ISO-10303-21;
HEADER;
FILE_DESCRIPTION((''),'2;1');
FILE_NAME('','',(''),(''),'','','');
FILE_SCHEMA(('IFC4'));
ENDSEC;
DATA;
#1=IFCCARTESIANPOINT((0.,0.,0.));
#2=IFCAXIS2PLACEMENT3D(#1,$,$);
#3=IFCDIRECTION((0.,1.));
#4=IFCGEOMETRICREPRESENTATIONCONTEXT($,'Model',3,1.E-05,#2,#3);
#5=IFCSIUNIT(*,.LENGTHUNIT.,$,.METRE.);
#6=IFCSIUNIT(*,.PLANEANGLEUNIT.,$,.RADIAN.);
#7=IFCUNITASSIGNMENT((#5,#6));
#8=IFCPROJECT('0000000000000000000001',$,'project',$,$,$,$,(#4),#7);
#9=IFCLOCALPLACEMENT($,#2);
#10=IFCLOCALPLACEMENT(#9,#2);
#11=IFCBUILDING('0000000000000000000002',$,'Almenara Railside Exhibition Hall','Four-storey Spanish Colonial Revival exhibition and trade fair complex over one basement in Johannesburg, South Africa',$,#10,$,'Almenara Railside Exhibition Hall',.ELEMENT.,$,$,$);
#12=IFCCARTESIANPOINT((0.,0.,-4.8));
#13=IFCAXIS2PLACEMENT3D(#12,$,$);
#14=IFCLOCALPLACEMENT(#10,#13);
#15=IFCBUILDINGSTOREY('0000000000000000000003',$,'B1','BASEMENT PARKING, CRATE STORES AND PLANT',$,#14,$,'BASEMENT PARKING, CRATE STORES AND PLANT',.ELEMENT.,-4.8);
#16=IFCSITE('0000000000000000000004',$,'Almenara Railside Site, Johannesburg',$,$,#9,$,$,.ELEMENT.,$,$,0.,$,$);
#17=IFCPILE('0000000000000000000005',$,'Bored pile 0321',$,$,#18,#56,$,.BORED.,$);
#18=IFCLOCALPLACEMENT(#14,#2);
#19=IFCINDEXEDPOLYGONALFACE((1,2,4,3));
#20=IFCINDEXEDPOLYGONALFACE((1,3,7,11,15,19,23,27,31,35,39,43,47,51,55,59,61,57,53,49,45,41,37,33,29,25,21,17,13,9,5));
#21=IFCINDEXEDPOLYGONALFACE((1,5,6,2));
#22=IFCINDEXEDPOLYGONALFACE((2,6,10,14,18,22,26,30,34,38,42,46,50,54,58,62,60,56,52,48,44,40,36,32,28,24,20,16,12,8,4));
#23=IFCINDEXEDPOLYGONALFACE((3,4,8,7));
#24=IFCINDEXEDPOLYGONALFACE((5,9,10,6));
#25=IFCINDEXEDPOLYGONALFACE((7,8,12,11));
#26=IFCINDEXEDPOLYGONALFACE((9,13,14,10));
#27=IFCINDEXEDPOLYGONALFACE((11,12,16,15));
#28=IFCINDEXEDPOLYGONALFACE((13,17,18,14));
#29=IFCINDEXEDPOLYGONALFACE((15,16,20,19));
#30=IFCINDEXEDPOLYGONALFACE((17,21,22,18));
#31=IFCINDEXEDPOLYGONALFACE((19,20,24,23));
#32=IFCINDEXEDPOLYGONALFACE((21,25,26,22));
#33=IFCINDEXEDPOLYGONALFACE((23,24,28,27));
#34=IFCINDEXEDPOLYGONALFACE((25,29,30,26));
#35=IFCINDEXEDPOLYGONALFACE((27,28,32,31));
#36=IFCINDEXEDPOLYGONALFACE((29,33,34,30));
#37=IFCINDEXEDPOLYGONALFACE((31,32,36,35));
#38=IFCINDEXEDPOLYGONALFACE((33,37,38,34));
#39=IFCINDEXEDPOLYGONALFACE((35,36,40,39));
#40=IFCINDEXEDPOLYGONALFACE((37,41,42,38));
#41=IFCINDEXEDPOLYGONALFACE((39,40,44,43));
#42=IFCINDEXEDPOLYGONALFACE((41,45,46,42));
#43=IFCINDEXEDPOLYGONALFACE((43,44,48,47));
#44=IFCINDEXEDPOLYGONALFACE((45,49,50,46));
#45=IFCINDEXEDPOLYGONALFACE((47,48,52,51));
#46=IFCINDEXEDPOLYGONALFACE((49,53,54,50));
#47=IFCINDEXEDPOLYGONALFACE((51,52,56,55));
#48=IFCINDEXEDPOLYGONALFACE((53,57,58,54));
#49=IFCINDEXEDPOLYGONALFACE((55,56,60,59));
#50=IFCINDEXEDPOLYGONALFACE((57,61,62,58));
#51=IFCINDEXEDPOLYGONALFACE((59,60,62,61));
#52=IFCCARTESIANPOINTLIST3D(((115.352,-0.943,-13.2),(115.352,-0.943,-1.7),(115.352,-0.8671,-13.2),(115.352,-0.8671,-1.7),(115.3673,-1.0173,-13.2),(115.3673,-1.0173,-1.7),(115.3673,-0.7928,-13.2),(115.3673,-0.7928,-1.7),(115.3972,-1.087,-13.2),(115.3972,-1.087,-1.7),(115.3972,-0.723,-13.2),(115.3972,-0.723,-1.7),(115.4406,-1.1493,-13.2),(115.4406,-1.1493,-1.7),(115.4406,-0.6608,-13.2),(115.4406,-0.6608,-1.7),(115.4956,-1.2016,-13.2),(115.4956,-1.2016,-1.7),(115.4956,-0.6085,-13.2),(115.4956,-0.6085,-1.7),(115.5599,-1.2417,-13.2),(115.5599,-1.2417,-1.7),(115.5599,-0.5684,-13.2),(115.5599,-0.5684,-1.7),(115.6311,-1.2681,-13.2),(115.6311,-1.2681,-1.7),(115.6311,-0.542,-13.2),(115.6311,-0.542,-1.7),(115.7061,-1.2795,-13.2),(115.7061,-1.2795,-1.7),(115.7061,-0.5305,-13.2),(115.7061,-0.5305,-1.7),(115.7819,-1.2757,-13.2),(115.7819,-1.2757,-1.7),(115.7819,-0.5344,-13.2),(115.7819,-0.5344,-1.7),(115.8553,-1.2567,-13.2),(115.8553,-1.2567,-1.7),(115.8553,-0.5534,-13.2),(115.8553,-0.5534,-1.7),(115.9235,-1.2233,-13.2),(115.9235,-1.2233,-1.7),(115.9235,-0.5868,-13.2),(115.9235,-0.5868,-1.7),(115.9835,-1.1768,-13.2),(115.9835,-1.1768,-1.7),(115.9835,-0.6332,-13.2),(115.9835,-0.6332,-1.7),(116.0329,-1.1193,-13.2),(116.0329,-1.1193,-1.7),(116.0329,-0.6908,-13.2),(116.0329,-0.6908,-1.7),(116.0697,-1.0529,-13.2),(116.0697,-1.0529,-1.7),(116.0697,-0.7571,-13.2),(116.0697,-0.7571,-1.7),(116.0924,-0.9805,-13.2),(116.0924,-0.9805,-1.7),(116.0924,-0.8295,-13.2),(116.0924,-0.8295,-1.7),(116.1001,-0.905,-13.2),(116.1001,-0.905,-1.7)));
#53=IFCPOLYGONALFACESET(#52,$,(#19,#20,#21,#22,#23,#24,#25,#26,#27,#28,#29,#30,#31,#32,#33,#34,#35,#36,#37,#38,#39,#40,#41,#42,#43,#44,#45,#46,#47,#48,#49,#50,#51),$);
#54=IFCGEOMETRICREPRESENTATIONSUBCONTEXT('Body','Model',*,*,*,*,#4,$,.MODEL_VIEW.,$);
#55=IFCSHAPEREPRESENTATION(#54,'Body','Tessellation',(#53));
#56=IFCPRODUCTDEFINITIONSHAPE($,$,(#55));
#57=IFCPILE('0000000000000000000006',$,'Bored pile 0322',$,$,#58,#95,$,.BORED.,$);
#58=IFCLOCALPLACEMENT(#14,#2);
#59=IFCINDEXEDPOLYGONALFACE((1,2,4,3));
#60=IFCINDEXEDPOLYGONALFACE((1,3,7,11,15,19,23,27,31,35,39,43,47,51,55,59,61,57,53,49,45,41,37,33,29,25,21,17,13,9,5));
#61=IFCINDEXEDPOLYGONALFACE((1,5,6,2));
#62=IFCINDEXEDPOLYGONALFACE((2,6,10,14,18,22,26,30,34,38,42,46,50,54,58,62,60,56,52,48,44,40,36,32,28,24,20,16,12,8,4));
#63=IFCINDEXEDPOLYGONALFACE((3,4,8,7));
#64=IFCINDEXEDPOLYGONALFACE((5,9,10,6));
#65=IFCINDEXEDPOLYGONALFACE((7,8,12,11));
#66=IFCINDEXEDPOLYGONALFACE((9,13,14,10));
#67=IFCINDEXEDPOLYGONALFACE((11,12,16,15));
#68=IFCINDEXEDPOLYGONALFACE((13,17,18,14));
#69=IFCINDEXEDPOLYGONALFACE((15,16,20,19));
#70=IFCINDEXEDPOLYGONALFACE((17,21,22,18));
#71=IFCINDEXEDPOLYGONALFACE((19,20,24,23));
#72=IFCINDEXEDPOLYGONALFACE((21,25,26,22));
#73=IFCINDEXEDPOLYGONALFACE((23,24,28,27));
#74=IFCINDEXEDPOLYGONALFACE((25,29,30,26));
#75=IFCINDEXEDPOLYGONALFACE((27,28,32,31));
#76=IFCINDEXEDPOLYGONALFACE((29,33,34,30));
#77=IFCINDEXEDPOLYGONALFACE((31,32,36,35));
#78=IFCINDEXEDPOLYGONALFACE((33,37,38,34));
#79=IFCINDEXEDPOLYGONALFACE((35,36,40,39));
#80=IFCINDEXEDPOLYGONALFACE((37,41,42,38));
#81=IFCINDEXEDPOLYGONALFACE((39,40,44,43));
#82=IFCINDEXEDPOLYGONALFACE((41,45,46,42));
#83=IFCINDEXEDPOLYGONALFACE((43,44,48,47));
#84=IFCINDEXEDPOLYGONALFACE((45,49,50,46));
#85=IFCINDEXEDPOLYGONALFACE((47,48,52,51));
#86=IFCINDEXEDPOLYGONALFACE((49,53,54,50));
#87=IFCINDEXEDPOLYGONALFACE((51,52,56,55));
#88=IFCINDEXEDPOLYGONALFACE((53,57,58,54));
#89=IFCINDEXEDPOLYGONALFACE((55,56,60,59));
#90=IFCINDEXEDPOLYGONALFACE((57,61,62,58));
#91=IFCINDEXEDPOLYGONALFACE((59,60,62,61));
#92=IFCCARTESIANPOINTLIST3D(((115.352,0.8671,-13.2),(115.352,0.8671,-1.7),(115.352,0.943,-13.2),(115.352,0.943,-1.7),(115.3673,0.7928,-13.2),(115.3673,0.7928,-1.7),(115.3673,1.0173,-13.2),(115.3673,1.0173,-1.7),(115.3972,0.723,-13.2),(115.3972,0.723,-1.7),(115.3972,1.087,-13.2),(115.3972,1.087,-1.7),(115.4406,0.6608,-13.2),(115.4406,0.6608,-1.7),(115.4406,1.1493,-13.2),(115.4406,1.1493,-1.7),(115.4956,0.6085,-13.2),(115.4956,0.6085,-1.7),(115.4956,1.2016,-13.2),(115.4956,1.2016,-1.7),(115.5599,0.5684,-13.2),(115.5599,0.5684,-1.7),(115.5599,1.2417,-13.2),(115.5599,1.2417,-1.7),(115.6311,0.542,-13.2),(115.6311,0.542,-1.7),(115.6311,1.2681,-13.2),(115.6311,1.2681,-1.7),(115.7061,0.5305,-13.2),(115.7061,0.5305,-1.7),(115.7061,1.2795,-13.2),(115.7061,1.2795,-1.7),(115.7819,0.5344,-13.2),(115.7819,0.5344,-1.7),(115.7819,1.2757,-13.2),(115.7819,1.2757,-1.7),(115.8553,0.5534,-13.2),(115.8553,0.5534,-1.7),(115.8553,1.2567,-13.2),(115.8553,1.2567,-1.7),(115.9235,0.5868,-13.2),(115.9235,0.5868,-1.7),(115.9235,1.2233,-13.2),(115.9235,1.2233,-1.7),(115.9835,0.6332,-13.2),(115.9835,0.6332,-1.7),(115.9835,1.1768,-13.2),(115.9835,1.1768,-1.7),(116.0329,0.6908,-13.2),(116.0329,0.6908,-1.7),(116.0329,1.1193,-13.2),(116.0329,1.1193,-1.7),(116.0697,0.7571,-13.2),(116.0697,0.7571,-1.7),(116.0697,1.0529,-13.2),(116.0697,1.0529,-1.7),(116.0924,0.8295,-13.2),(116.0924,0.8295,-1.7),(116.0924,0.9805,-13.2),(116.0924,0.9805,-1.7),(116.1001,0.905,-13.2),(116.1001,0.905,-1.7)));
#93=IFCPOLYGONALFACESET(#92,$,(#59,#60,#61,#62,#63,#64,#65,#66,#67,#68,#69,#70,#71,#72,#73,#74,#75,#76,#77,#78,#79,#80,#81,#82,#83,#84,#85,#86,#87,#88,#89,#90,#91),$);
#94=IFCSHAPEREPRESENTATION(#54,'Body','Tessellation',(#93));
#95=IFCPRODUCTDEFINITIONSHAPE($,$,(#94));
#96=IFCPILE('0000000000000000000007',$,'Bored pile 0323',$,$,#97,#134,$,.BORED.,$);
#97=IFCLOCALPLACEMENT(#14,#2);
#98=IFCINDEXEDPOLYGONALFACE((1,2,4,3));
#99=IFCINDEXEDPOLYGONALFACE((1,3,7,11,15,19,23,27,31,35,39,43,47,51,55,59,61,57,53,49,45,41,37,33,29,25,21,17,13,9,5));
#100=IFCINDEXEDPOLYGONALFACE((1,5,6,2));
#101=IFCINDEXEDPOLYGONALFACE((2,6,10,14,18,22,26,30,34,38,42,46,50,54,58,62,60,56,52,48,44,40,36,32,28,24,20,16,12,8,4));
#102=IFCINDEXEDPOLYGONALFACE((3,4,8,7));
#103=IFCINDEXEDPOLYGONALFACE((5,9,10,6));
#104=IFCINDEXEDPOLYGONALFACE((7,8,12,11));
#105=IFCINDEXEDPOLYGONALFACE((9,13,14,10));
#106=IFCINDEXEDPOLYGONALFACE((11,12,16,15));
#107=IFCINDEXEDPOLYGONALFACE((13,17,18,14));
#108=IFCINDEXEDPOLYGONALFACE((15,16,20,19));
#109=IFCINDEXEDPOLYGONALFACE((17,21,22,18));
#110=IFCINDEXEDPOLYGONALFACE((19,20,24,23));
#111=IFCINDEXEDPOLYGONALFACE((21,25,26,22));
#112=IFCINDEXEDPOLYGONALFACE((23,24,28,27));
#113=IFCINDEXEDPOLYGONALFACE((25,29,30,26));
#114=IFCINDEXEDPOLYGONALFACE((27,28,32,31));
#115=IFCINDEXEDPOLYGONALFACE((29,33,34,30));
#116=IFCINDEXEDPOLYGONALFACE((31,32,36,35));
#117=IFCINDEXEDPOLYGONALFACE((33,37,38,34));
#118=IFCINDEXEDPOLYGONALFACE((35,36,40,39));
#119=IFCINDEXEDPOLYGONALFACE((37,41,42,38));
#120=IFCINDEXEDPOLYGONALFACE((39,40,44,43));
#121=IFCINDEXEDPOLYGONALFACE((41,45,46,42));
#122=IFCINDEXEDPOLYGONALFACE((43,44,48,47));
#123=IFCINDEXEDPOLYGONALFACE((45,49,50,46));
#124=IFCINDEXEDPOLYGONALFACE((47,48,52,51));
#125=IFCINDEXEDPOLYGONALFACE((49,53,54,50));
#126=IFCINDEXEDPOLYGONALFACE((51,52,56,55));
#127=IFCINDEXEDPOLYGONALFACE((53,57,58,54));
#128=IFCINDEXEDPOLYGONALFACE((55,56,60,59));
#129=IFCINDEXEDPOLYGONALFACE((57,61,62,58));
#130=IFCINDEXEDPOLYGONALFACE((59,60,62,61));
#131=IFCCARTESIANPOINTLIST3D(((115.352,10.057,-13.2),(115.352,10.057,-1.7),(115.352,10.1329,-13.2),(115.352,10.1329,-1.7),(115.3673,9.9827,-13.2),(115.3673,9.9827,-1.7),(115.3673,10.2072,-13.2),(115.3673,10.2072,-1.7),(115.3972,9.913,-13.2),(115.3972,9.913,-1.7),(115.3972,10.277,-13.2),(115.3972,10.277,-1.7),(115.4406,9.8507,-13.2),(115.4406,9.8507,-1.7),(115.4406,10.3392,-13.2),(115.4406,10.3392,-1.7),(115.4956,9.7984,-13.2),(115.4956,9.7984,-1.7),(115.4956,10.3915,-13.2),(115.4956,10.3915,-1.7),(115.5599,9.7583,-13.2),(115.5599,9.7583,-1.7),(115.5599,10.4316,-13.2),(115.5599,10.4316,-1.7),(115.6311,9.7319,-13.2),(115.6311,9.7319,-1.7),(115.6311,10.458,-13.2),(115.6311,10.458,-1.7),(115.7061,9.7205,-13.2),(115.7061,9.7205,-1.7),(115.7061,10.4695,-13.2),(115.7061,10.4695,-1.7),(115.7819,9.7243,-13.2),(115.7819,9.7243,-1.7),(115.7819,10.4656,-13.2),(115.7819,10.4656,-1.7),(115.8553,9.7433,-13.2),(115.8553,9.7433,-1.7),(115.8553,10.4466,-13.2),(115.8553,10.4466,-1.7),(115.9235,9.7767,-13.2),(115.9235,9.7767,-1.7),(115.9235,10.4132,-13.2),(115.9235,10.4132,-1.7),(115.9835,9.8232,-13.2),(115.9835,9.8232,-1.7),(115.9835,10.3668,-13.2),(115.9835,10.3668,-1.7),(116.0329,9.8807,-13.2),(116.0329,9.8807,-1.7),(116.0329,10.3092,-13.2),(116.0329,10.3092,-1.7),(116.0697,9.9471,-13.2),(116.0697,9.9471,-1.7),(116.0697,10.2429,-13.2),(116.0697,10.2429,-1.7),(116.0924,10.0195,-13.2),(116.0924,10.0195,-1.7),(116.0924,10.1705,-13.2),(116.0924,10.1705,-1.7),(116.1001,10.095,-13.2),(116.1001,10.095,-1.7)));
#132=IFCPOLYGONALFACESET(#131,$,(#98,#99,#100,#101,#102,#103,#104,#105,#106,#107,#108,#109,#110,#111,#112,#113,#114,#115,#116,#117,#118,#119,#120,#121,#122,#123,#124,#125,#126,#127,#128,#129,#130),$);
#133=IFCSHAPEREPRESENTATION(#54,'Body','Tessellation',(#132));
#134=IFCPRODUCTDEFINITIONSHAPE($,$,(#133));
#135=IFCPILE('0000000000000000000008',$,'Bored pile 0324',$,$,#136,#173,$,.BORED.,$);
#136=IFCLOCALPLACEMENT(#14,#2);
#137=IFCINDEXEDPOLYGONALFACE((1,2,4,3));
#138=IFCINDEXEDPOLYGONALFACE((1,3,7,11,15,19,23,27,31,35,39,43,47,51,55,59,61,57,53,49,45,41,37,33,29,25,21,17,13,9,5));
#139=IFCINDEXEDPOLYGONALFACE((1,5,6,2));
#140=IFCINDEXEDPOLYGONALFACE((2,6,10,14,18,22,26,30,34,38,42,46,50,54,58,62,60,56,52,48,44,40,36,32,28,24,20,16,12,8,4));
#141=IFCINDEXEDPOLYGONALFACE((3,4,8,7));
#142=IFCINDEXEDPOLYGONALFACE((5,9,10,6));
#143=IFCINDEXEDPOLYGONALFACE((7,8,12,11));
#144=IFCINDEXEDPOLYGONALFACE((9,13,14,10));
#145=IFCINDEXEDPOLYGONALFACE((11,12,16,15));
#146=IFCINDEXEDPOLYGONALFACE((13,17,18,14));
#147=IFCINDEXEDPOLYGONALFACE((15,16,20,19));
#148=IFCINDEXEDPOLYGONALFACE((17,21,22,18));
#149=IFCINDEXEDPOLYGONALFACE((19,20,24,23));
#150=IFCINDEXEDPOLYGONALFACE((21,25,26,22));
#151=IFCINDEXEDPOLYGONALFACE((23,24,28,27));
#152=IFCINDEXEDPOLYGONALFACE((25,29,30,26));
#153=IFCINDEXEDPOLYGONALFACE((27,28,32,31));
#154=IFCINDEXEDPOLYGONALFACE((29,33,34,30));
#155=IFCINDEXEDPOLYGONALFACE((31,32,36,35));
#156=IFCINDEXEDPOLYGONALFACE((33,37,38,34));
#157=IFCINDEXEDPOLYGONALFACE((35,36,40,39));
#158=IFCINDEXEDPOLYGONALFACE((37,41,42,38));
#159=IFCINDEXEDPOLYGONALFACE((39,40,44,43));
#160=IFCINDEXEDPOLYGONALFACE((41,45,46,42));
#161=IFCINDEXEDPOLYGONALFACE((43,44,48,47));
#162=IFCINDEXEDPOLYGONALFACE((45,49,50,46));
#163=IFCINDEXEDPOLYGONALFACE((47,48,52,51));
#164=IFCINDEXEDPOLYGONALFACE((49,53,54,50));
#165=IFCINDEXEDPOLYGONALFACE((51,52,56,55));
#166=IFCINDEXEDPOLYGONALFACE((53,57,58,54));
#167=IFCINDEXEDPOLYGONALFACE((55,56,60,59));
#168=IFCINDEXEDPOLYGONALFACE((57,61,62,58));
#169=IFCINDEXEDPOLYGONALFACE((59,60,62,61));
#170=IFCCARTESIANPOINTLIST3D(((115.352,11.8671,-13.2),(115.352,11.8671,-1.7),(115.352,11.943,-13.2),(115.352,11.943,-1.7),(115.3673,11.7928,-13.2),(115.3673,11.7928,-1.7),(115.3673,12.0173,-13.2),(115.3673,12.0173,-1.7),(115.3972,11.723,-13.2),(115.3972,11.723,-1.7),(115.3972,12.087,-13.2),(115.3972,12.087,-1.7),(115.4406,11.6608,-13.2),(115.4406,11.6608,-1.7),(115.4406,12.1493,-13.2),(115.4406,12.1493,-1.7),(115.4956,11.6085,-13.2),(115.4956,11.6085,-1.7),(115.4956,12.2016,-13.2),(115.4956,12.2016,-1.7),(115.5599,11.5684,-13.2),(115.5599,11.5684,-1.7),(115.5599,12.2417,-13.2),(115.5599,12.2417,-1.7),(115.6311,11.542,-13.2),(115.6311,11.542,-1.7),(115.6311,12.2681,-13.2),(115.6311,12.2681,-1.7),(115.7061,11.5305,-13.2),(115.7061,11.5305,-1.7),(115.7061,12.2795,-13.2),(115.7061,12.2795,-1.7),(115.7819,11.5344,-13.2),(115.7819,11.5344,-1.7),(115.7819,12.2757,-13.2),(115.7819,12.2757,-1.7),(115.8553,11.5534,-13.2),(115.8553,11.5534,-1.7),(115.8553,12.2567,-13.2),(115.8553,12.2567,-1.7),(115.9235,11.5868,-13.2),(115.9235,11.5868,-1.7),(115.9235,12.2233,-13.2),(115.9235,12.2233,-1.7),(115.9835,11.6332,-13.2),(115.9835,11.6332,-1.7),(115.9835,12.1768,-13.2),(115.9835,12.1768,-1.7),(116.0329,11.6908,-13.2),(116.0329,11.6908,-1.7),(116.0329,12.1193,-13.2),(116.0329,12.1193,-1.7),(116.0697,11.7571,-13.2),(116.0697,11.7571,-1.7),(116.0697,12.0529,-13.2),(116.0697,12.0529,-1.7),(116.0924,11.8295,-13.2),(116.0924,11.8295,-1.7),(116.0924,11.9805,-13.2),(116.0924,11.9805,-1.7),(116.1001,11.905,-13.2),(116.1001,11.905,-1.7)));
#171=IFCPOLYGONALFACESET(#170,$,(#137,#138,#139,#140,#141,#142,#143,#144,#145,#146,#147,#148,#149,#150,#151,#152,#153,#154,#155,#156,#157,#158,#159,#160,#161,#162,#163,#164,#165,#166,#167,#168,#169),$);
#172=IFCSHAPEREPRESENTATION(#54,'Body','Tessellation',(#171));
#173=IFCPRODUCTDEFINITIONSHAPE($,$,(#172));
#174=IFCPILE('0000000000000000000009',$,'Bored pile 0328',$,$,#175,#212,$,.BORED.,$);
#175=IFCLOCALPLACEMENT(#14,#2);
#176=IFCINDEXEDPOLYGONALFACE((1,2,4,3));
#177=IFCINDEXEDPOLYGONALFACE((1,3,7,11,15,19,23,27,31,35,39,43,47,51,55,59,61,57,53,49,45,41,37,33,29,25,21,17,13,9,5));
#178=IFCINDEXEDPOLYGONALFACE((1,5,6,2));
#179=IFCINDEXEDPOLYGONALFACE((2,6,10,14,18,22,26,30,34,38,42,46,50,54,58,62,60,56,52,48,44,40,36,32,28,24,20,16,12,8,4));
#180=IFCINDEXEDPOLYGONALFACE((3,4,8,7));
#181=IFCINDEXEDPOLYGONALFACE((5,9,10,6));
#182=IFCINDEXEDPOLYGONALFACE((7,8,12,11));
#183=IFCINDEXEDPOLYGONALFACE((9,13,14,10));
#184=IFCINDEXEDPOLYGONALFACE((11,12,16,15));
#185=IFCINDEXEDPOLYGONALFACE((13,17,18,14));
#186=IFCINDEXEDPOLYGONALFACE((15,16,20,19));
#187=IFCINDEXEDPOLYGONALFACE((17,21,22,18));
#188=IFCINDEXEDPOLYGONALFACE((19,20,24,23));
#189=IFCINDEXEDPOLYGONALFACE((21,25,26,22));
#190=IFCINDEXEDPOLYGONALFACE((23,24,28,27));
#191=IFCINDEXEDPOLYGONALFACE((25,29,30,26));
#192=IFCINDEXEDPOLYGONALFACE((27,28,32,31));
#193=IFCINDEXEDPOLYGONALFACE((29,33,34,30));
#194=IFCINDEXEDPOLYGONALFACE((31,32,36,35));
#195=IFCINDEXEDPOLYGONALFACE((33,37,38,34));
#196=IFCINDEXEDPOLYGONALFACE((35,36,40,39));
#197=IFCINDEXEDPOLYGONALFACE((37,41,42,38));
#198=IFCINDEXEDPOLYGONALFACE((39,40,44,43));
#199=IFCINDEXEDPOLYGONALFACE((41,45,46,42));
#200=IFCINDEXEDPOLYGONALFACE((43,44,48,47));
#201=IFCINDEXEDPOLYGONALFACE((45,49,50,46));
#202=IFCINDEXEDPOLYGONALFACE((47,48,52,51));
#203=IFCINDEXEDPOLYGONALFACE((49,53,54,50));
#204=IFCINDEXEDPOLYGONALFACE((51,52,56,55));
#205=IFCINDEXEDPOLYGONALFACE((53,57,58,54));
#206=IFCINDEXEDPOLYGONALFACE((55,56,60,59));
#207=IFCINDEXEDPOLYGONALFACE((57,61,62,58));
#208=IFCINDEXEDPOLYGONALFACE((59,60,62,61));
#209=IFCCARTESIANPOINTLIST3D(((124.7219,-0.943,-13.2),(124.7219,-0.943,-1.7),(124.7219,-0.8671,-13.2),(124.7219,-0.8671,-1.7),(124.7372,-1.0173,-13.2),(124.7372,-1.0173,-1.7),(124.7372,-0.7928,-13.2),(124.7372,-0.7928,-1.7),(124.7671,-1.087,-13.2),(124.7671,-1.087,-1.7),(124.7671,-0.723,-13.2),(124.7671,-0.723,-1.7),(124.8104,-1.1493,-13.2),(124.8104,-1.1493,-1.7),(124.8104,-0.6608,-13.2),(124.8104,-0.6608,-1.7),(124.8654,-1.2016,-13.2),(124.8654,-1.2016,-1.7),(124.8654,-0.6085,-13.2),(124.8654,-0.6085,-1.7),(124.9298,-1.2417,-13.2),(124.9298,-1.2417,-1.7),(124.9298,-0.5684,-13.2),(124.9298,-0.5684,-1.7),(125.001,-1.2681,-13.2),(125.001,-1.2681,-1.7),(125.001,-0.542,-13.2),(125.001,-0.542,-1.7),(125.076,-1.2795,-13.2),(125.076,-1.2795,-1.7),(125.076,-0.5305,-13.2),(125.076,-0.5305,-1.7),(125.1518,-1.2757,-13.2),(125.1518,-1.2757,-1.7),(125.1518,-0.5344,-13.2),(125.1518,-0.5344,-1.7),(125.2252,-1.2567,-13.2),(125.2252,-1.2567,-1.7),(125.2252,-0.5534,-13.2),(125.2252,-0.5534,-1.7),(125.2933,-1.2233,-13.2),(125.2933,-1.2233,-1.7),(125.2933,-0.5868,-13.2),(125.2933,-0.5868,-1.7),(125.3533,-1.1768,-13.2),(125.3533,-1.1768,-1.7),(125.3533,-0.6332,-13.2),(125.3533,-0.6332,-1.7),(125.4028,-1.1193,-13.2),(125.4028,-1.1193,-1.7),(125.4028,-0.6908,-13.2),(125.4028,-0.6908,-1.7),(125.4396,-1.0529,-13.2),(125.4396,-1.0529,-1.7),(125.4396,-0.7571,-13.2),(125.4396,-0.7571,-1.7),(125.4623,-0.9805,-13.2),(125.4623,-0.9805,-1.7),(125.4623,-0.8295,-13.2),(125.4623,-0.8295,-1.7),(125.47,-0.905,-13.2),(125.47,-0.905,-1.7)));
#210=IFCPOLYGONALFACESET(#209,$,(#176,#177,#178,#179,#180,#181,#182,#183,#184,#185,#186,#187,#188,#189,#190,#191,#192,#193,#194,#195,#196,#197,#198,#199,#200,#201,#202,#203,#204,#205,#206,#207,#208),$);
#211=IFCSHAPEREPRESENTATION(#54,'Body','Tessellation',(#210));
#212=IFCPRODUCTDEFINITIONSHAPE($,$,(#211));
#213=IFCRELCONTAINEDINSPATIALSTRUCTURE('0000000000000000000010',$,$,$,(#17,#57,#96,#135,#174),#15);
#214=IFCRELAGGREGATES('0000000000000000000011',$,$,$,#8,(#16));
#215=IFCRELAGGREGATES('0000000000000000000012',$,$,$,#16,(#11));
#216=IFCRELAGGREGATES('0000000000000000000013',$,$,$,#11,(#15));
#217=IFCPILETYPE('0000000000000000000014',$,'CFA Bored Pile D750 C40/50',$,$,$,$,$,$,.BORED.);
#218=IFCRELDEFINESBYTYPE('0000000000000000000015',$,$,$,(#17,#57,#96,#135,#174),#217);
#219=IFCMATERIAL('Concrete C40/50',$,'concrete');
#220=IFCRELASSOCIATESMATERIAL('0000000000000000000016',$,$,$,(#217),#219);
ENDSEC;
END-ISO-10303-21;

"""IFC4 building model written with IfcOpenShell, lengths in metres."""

from ifc_helpers import new_model, si_unit, direction, frame, origin, origin_2d, place, context, subcontext, project, spatial, circle, extrude, material, material_profile, profile_set, type_object, element, save


model = new_model("IFC4")

# Units and contexts
model_context = context("Model", 3, precision=1e-05, world=origin(), true_north=direction((0.0, 1.0)))
body_context = subcontext(model_context, "Body", "Model", "MODEL_VIEW")
ifc_project = project(units=[si_unit("LENGTHUNIT", "METRE"), si_unit("PLANEANGLEUNIT", "RADIAN")], contexts=[model_context])

# Site, building, storey
site_placement = place(None, origin())
site = spatial("IfcSite", under=ifc_project, at=site_placement, Name="Almenara Railside Site, Johannesburg", CompositionType="ELEMENT", RefElevation=0.0)
building_placement = place(site_placement, origin())
building = spatial("IfcBuilding", under=site, at=building_placement, Name="Almenara Railside Exhibition Hall", Description="Four-storey Spanish Colonial Revival exhibition and trade fair complex over one basement in Johannesburg, South Africa", LongName="Almenara Railside Exhibition Hall", CompositionType="ELEMENT")
storey_placement = place(building_placement, frame((0.0, 0.0, -4.8)))
storey = spatial("IfcBuildingStorey", under=building, at=storey_placement, Name="B1", Description="BASEMENT PARKING, CRATE STORES AND PLANT", LongName="BASEMENT PARKING, CRATE STORES AND PLANT", CompositionType="ELEMENT", Elevation=-4.8)

# Piles
ifc_material_1 = material(Name="Concrete C40/50", Category="concrete")
ifc_material_profile_1 = material_profile(ifc_material_1, circle(Radius=0.375, at=origin_2d()), Name="CFA-PILE D750")
ifc_profile_set_1 = profile_set([ifc_material_profile_1], Name="Concrete C40/50")
pile_type_1 = type_object("IfcPileType", Name="CFA Bored Pile D750 C40/50", PredefinedType="BORED", material=ifc_profile_set_1)
for number, where, z_axis, x_axis, name in (
    (1, (115.7251, -0.905, -1.7), (0.0, 0.0, -1.0), (1.0, 0.0, 0.0), "Bored pile 0321"),
    (2, (115.7251, 0.905, -1.7), (0.0, 0.0, -1.0), (1.0, 0.0, 0.0), "Bored pile 0322"),
    (3, (115.7251, 10.095, -1.7), (0.0, 0.0, -1.0), (1.0, 0.0, 0.0), "Bored pile 0323"),
    (4, (115.7251, 11.905, -1.7), (0.0, 0.0, -1.0), (1.0, 0.0, 0.0), "Bored pile 0324"),
    (5, (125.095, -0.905, -1.7), (0.0, 0.0, -1.0), (1.0, 0.0, 0.0), "Bored pile 0328"),
):
    element("IfcPile", number, at=place(storey_placement, frame(where, z_axis=z_axis, x_axis=x_axis)), inside=storey, type_object=pile_type_1, Name=name, PredefinedType="BORED", context=body_context, shape_type="SweptSolid", body=[
        extrude(circle(Radius=0.375, at=origin_2d()), origin(), (0.0, 0.0, 1.0), 11.5),
    ])

save(model, "model.ifc")
